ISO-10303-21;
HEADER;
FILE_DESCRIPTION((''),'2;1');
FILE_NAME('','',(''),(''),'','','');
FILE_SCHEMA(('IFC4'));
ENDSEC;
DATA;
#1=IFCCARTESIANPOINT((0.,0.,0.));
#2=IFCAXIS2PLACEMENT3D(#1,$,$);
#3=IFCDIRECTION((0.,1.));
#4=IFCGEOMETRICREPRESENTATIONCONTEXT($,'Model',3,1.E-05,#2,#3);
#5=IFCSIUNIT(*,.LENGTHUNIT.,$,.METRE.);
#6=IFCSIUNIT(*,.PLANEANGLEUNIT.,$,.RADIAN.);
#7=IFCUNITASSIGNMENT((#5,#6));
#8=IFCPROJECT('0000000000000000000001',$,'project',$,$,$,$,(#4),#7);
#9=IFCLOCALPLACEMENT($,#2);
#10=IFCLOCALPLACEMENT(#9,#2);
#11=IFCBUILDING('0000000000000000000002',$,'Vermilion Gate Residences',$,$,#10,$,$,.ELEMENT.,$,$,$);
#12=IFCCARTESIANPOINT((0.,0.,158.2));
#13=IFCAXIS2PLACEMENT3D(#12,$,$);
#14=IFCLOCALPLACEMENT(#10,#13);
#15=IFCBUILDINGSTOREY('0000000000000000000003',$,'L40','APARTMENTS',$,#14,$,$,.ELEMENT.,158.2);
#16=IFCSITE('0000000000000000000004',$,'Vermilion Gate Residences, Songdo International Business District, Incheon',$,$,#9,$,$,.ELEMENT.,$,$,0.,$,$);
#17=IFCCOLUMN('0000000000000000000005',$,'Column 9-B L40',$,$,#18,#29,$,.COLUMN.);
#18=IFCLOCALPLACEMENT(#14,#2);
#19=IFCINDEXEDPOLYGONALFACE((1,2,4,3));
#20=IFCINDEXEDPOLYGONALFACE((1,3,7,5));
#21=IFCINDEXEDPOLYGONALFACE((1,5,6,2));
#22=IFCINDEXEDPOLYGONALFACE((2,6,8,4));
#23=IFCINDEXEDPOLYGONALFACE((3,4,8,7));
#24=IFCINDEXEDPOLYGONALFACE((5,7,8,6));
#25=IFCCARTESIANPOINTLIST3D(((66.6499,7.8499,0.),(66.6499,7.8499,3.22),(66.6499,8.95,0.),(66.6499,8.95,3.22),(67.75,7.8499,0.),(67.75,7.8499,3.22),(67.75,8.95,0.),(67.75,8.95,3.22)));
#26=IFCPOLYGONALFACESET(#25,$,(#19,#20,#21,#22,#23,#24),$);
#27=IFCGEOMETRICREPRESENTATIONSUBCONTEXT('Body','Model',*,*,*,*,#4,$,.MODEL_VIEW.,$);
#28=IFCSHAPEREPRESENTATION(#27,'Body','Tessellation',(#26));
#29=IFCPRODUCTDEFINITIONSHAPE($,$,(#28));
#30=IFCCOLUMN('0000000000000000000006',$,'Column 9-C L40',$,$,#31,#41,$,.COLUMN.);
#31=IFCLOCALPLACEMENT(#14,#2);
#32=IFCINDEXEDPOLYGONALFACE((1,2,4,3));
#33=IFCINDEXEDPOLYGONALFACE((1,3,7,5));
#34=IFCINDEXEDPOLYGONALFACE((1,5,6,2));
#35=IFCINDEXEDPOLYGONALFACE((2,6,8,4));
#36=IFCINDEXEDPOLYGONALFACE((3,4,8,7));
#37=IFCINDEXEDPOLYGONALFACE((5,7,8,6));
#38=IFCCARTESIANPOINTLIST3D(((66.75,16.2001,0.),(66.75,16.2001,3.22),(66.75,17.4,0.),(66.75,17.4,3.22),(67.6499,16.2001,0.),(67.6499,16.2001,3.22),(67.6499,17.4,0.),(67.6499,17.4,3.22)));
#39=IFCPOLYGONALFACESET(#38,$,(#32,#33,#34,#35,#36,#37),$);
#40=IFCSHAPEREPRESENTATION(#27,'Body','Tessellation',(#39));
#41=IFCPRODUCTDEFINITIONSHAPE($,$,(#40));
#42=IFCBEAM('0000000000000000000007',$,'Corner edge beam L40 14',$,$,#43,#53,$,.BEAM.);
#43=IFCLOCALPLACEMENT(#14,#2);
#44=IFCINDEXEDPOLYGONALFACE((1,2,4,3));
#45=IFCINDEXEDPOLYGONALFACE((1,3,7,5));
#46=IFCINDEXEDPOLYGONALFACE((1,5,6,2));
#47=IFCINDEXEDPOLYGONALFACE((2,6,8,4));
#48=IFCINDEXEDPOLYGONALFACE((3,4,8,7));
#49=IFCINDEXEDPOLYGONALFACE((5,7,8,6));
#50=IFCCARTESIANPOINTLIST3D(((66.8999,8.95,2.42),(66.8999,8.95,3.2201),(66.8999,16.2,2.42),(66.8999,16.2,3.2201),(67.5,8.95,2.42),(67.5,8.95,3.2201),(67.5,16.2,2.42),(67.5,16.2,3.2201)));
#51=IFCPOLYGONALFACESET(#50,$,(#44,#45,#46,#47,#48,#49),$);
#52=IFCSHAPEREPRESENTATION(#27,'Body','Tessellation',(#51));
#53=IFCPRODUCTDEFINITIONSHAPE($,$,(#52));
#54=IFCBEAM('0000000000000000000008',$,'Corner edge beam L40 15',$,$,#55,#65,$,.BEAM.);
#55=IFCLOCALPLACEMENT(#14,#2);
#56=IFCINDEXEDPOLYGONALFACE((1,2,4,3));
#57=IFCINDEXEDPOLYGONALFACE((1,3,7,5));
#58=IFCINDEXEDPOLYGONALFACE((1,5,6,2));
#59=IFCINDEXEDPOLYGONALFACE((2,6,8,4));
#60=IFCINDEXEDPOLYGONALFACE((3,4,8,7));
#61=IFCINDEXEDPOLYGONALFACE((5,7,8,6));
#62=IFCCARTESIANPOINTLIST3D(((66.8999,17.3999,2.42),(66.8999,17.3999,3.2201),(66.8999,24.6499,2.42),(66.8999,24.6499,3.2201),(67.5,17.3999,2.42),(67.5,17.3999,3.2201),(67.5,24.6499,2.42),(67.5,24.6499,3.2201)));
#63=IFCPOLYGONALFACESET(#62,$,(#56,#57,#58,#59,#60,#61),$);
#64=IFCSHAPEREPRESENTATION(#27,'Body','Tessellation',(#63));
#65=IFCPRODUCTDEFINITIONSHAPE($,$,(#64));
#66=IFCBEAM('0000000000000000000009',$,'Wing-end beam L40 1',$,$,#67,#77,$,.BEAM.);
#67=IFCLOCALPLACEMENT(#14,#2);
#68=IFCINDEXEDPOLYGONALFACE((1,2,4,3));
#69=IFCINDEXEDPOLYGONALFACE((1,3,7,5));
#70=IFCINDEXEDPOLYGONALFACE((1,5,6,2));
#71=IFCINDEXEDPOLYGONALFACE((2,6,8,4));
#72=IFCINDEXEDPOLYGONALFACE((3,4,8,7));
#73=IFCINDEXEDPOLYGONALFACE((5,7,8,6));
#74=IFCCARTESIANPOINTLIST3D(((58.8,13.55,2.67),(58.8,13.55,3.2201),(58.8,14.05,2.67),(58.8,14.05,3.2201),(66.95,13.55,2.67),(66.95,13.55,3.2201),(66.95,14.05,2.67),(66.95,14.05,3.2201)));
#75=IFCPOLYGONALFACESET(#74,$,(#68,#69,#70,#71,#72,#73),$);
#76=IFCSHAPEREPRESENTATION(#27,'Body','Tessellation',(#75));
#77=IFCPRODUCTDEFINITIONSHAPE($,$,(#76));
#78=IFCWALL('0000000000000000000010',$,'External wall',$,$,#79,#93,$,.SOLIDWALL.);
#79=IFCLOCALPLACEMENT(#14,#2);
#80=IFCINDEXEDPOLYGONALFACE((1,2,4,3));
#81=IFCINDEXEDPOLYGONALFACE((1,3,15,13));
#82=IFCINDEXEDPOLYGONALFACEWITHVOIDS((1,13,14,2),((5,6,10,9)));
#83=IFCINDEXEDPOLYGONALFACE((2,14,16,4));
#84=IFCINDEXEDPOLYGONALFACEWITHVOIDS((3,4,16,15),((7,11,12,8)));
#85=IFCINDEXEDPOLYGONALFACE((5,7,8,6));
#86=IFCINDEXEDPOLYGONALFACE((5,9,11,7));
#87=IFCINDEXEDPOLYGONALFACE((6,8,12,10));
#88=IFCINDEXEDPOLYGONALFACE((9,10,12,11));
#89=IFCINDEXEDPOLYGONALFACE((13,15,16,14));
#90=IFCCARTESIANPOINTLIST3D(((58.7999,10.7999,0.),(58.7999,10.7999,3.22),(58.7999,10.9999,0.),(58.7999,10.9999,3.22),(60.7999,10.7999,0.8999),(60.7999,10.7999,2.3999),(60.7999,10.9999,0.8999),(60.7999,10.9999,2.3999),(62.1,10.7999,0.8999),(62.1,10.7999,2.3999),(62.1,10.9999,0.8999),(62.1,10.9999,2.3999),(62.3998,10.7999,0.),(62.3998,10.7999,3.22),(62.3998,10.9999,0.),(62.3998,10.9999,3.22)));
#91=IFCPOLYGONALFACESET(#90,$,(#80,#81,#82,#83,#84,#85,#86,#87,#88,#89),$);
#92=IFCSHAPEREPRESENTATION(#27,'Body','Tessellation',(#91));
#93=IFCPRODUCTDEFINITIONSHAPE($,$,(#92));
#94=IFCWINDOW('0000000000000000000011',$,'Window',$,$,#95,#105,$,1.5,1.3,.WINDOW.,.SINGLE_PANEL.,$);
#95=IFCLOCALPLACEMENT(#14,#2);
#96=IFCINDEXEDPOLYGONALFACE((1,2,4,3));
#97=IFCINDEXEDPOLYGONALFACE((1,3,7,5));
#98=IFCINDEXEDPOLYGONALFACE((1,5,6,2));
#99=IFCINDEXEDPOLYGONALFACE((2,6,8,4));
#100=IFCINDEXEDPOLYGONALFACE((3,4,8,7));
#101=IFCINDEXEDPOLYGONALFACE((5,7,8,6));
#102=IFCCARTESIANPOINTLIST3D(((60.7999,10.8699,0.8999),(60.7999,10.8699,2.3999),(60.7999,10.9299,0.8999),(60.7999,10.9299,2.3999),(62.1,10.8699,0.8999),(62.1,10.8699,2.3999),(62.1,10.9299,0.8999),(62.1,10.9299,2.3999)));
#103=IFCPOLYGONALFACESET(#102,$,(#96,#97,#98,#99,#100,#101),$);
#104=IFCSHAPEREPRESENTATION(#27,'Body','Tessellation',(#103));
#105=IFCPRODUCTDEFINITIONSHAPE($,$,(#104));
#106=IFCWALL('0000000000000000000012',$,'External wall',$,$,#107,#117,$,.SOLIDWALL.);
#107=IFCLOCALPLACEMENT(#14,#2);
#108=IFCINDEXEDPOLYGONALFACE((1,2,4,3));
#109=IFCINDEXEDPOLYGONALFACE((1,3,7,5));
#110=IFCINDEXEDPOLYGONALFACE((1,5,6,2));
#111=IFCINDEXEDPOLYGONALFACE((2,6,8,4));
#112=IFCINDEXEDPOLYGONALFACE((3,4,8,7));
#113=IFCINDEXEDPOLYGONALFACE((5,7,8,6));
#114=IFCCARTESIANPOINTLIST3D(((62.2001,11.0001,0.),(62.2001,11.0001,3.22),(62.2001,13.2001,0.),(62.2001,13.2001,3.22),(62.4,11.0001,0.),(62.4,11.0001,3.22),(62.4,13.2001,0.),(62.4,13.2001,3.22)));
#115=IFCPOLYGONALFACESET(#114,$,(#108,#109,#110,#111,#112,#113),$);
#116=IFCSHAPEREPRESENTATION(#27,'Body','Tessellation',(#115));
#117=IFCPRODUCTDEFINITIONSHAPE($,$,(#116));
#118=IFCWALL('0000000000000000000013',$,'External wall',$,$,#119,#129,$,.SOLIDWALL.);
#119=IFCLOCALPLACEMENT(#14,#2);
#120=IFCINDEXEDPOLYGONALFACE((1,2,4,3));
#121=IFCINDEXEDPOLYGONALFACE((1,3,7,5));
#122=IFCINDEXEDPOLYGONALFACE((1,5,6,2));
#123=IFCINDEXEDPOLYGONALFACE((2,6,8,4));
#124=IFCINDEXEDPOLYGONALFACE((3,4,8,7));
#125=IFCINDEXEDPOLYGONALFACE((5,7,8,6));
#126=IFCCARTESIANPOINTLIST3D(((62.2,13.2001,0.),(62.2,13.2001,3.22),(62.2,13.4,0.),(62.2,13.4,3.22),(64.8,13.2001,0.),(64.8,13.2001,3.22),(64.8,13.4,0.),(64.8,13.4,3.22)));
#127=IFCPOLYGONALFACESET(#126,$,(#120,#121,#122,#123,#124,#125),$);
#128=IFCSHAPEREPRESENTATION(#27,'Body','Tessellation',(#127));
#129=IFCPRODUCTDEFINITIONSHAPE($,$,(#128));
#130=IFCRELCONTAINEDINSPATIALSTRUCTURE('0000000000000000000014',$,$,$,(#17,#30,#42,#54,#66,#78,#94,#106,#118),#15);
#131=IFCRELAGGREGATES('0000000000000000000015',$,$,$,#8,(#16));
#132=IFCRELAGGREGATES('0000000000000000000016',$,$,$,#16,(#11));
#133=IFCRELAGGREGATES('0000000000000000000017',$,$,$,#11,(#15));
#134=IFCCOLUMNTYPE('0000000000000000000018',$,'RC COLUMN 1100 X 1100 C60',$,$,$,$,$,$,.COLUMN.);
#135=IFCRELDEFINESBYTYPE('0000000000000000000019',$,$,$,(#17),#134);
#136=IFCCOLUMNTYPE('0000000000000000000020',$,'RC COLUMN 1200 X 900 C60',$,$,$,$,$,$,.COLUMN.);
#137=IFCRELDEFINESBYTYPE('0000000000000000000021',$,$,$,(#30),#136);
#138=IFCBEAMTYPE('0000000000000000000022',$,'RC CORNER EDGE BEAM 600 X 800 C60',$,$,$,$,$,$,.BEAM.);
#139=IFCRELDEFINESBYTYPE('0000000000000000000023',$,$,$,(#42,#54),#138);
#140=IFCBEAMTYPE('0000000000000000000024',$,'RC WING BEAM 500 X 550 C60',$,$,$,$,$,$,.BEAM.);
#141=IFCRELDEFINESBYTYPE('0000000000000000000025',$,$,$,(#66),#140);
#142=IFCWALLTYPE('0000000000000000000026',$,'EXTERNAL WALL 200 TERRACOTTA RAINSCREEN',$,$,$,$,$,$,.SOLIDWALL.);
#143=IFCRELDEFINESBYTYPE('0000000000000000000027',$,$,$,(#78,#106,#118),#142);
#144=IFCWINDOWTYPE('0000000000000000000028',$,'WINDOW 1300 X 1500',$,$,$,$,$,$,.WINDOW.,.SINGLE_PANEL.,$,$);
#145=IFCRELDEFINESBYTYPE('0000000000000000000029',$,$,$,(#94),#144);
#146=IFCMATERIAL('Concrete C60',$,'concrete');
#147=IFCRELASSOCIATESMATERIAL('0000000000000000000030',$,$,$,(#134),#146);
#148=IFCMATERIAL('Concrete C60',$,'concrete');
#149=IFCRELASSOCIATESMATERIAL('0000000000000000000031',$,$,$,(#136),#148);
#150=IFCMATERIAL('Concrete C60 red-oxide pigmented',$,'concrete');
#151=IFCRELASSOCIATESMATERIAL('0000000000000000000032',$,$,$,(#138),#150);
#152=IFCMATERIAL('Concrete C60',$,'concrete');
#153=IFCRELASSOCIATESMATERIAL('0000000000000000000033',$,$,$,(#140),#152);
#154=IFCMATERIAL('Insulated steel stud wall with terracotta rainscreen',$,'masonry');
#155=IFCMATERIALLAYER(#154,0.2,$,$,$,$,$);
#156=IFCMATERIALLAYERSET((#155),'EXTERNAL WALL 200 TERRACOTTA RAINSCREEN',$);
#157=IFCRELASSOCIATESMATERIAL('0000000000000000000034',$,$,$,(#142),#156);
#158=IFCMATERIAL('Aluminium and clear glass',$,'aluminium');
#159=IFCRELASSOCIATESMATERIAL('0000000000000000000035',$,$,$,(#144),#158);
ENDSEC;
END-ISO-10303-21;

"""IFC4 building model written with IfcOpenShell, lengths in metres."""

from ifc_helpers import new_model, si_unit, direction, frame, frame_2d, origin, origin_2d, place, context, subcontext, project, spatial, rectangle, extrude, material, layer, layer_set, material_profile, profile_set, type_object, element, fill, save


model = new_model("IFC4")

# Units and contexts
model_context = context("Model", 3, precision=1e-05, world=origin(), true_north=direction((0.0, 1.0)))
body_context = subcontext(model_context, "Body", "Model", "MODEL_VIEW")
ifc_project = project(units=[si_unit("LENGTHUNIT", "METRE"), si_unit("PLANEANGLEUNIT", "RADIAN")], contexts=[model_context])

# Site, building, storey
site_placement = place(None, origin())
site = spatial("IfcSite", under=ifc_project, at=site_placement, Name="Vermilion Gate Residences, Songdo International Business District, Incheon", CompositionType="ELEMENT", RefElevation=0.0)
building_placement = place(site_placement, origin())
building = spatial("IfcBuilding", under=site, at=building_placement, Name="Vermilion Gate Residences", CompositionType="ELEMENT")
storey_placement = place(building_placement, frame((0.0, 0.0, 158.2)))
storey = spatial("IfcBuildingStorey", under=building, at=storey_placement, Name="L40", Description="APARTMENTS", CompositionType="ELEMENT", Elevation=158.2)

# Columns
ifc_material_1 = material(Name="Concrete C60", Category="concrete")
ifc_material_profile_1 = material_profile(ifc_material_1, rectangle(XDim=1.1001, YDim=1.1001, at=origin_2d()), Name="RC-1100x1100")
ifc_profile_set_1 = profile_set([ifc_material_profile_1], Name="Concrete C60")
column_type_1 = type_object("IfcColumnType", Name="RC COLUMN 1100 X 1100 C60", PredefinedType="COLUMN", material=ifc_profile_set_1)
column_1_placement = place(storey_placement, frame((67.2, 8.3999, 0.0), z_axis=(0.0, 0.0, 1.0), x_axis=(1.0, 0.0, 0.0)))
element("IfcColumn", 1, at=column_1_placement, inside=storey, type_object=column_type_1, Name="Column 9-B L40", PredefinedType="COLUMN", context=body_context, shape_type="SweptSolid", body=[
    extrude(rectangle(XDim=1.1001, YDim=1.1001, at=origin_2d()), origin(), (0.0, 0.0, 1.0), 3.22),
])
ifc_material_2 = material(Name="Concrete C60", Category="concrete")
ifc_material_profile_2 = material_profile(ifc_material_2, rectangle(XDim=1.2, YDim=0.8999, at=origin_2d()), Name="RC-1200x900")
ifc_profile_set_2 = profile_set([ifc_material_profile_2], Name="Concrete C60")
column_type_2 = type_object("IfcColumnType", Name="RC COLUMN 1200 X 900 C60", PredefinedType="COLUMN", material=ifc_profile_set_2)
column_2_placement = place(storey_placement, frame((67.2, 16.8, 0.0), z_axis=(0.0, 0.0, 1.0), x_axis=(0.0, 1.0, 0.0)))
element("IfcColumn", 2, at=column_2_placement, inside=storey, type_object=column_type_2, Name="Column 9-C L40", PredefinedType="COLUMN", context=body_context, shape_type="SweptSolid", body=[
    extrude(rectangle(XDim=1.2, YDim=0.8999, at=origin_2d()), origin(), (0.0, 0.0, 1.0), 3.22),
])

# Beams
ifc_material_3 = material(Name="Concrete C60 red-oxide pigmented", Category="concrete")
ifc_material_profile_3 = material_profile(ifc_material_3, rectangle(XDim=0.6001, YDim=0.8, at=origin_2d()), Name="RC-600x800")
ifc_profile_set_3 = profile_set([ifc_material_profile_3], Name="Concrete C60 red-oxide pigmented")
beam_type_1 = type_object("IfcBeamType", Name="RC CORNER EDGE BEAM 600 X 800 C60", PredefinedType="BEAM", material=ifc_profile_set_3)
for number, where, z_axis, x_axis, name in (
    (3, (67.2, 8.95, 2.8201), (0.0, 1.0, 0.0), (-1.0, 0.0, 0.0), "Corner edge beam L40 14"),
    (4, (67.2, 17.3999, 2.8201), (0.0, 1.0, 0.0), (-1.0, 0.0, 0.0), "Corner edge beam L40 15"),
):
    element("IfcBeam", number, at=place(storey_placement, frame(where, z_axis=z_axis, x_axis=x_axis)), inside=storey, type_object=beam_type_1, Name=name, PredefinedType="BEAM", context=body_context, shape_type="SweptSolid", body=[
        extrude(rectangle(XDim=0.6001, YDim=0.8, at=origin_2d()), origin(), (0.0, 0.0, 1.0), 7.25),
    ])
ifc_material_4 = material(Name="Concrete C60", Category="concrete")
ifc_material_profile_4 = material_profile(ifc_material_4, rectangle(XDim=0.5, YDim=0.55, at=origin_2d()), Name="RC-500x550")
ifc_profile_set_4 = profile_set([ifc_material_profile_4], Name="Concrete C60")
beam_type_2 = type_object("IfcBeamType", Name="RC WING BEAM 500 X 550 C60", PredefinedType="BEAM", material=ifc_profile_set_4)
beam_placement = place(storey_placement, frame((58.8, 13.8, 2.9451), z_axis=(1.0, 0.0, 0.0), x_axis=(0.0, 1.0, 0.0)))
element("IfcBeam", 5, at=beam_placement, inside=storey, type_object=beam_type_2, Name="Wing-end beam L40 1", PredefinedType="BEAM", context=body_context, shape_type="SweptSolid", body=[
    extrude(rectangle(XDim=0.5, YDim=0.55, at=origin_2d()), origin(), (0.0, 0.0, 1.0), 8.1499),
])

# Wall, opening, window
ifc_material_5 = material(Name="Insulated steel stud wall with terracotta rainscreen", Category="masonry")
ifc_layer_1 = layer(ifc_material_5, 0.2)
ifc_layer_set_1 = layer_set([ifc_layer_1], Name="EXTERNAL WALL 200 TERRACOTTA RAINSCREEN")
wall_type_1 = type_object("IfcWallType", Name="EXTERNAL WALL 200 TERRACOTTA RAINSCREEN", PredefinedType="SOLIDWALL", material=ifc_layer_set_1)
wall_1_placement = place(storey_placement, frame((58.8, 10.8999, 0.0), z_axis=(0.0, 0.0, 1.0), x_axis=(1.0, 0.0, 0.0)))
wall_1 = element("IfcWall", 6, at=wall_1_placement, inside=storey, type_object=wall_type_1, Name="External wall", PredefinedType="SOLIDWALL", context=body_context, shape_type="SweptSolid", body=[
    extrude(rectangle(XDim=3.5999, YDim=0.2, at=frame_2d((1.7998, 0.0))), origin(), (0.0, 0.0, 1.0), 3.22),
])
opening_1_placement = place(wall_1_placement, frame((2.0, 0.0, 0.8999)))
opening_1 = element("IfcOpeningElement", 7, at=opening_1_placement, cuts=wall_1, PredefinedType="OPENING", context=body_context, shape_type="SweptSolid", body=[
    extrude(rectangle(XDim=1.3, YDim=1.5, at=frame_2d((0.6499, 0.75))), frame((0.0, 0.1099, 0.0), z_axis=(0.0, -1.0, 0.0), x_axis=(1.0, 0.0, 0.0)), (0.0, 0.0, 1.0), 0.22),
])
ifc_material_6 = material(Name="Aluminium and clear glass", Category="aluminium")
window_type_1 = type_object("IfcWindowType", Name="WINDOW 1300 X 1500", PartitioningType="SINGLE_PANEL", PredefinedType="WINDOW", material=ifc_material_6)
window_1_placement = place(opening_1_placement, origin())
window_1 = element("IfcWindow", 8, at=window_1_placement, inside=storey, type_object=window_type_1, Name="Window", OverallHeight=1.5, OverallWidth=1.3, PartitioningType="SINGLE_PANEL", PredefinedType="WINDOW", context=body_context, shape_type="SweptSolid", body=[
    extrude(rectangle(XDim=1.3, YDim=1.5, at=frame_2d((0.6499, 0.75))), frame((0.0, 0.03, 0.0), z_axis=(0.0, -1.0, 0.0), x_axis=(1.0, 0.0, 0.0)), (0.0, 0.0, 1.0), 0.0601),
])
fill(opening_1, window_1)

# Walls
wall_2_placement = place(storey_placement, frame((62.3, 11.0, 0.0), z_axis=(0.0, 0.0, 1.0), x_axis=(0.0, 1.0, 0.0)))
element("IfcWall", 9, at=wall_2_placement, inside=storey, type_object=wall_type_1, Name="External wall", PredefinedType="SOLIDWALL", context=body_context, shape_type="SweptSolid", body=[
    extrude(rectangle(XDim=2.2, YDim=0.2, at=frame_2d((1.1001, 0.0))), origin(), (0.0, 0.0, 1.0), 3.22),
])
wall_3_placement = place(storey_placement, frame((62.2, 13.3, 0.0), z_axis=(0.0, 0.0, 1.0), x_axis=(1.0, 0.0, 0.0)))
element("IfcWall", 10, at=wall_3_placement, inside=storey, type_object=wall_type_1, Name="External wall", PredefinedType="SOLIDWALL", context=body_context, shape_type="SweptSolid", body=[
    extrude(rectangle(XDim=2.6001, YDim=0.2, at=frame_2d((1.3, 0.0))), origin(), (0.0, 0.0, 1.0), 3.22),
])

save(model, "model.ifc")
